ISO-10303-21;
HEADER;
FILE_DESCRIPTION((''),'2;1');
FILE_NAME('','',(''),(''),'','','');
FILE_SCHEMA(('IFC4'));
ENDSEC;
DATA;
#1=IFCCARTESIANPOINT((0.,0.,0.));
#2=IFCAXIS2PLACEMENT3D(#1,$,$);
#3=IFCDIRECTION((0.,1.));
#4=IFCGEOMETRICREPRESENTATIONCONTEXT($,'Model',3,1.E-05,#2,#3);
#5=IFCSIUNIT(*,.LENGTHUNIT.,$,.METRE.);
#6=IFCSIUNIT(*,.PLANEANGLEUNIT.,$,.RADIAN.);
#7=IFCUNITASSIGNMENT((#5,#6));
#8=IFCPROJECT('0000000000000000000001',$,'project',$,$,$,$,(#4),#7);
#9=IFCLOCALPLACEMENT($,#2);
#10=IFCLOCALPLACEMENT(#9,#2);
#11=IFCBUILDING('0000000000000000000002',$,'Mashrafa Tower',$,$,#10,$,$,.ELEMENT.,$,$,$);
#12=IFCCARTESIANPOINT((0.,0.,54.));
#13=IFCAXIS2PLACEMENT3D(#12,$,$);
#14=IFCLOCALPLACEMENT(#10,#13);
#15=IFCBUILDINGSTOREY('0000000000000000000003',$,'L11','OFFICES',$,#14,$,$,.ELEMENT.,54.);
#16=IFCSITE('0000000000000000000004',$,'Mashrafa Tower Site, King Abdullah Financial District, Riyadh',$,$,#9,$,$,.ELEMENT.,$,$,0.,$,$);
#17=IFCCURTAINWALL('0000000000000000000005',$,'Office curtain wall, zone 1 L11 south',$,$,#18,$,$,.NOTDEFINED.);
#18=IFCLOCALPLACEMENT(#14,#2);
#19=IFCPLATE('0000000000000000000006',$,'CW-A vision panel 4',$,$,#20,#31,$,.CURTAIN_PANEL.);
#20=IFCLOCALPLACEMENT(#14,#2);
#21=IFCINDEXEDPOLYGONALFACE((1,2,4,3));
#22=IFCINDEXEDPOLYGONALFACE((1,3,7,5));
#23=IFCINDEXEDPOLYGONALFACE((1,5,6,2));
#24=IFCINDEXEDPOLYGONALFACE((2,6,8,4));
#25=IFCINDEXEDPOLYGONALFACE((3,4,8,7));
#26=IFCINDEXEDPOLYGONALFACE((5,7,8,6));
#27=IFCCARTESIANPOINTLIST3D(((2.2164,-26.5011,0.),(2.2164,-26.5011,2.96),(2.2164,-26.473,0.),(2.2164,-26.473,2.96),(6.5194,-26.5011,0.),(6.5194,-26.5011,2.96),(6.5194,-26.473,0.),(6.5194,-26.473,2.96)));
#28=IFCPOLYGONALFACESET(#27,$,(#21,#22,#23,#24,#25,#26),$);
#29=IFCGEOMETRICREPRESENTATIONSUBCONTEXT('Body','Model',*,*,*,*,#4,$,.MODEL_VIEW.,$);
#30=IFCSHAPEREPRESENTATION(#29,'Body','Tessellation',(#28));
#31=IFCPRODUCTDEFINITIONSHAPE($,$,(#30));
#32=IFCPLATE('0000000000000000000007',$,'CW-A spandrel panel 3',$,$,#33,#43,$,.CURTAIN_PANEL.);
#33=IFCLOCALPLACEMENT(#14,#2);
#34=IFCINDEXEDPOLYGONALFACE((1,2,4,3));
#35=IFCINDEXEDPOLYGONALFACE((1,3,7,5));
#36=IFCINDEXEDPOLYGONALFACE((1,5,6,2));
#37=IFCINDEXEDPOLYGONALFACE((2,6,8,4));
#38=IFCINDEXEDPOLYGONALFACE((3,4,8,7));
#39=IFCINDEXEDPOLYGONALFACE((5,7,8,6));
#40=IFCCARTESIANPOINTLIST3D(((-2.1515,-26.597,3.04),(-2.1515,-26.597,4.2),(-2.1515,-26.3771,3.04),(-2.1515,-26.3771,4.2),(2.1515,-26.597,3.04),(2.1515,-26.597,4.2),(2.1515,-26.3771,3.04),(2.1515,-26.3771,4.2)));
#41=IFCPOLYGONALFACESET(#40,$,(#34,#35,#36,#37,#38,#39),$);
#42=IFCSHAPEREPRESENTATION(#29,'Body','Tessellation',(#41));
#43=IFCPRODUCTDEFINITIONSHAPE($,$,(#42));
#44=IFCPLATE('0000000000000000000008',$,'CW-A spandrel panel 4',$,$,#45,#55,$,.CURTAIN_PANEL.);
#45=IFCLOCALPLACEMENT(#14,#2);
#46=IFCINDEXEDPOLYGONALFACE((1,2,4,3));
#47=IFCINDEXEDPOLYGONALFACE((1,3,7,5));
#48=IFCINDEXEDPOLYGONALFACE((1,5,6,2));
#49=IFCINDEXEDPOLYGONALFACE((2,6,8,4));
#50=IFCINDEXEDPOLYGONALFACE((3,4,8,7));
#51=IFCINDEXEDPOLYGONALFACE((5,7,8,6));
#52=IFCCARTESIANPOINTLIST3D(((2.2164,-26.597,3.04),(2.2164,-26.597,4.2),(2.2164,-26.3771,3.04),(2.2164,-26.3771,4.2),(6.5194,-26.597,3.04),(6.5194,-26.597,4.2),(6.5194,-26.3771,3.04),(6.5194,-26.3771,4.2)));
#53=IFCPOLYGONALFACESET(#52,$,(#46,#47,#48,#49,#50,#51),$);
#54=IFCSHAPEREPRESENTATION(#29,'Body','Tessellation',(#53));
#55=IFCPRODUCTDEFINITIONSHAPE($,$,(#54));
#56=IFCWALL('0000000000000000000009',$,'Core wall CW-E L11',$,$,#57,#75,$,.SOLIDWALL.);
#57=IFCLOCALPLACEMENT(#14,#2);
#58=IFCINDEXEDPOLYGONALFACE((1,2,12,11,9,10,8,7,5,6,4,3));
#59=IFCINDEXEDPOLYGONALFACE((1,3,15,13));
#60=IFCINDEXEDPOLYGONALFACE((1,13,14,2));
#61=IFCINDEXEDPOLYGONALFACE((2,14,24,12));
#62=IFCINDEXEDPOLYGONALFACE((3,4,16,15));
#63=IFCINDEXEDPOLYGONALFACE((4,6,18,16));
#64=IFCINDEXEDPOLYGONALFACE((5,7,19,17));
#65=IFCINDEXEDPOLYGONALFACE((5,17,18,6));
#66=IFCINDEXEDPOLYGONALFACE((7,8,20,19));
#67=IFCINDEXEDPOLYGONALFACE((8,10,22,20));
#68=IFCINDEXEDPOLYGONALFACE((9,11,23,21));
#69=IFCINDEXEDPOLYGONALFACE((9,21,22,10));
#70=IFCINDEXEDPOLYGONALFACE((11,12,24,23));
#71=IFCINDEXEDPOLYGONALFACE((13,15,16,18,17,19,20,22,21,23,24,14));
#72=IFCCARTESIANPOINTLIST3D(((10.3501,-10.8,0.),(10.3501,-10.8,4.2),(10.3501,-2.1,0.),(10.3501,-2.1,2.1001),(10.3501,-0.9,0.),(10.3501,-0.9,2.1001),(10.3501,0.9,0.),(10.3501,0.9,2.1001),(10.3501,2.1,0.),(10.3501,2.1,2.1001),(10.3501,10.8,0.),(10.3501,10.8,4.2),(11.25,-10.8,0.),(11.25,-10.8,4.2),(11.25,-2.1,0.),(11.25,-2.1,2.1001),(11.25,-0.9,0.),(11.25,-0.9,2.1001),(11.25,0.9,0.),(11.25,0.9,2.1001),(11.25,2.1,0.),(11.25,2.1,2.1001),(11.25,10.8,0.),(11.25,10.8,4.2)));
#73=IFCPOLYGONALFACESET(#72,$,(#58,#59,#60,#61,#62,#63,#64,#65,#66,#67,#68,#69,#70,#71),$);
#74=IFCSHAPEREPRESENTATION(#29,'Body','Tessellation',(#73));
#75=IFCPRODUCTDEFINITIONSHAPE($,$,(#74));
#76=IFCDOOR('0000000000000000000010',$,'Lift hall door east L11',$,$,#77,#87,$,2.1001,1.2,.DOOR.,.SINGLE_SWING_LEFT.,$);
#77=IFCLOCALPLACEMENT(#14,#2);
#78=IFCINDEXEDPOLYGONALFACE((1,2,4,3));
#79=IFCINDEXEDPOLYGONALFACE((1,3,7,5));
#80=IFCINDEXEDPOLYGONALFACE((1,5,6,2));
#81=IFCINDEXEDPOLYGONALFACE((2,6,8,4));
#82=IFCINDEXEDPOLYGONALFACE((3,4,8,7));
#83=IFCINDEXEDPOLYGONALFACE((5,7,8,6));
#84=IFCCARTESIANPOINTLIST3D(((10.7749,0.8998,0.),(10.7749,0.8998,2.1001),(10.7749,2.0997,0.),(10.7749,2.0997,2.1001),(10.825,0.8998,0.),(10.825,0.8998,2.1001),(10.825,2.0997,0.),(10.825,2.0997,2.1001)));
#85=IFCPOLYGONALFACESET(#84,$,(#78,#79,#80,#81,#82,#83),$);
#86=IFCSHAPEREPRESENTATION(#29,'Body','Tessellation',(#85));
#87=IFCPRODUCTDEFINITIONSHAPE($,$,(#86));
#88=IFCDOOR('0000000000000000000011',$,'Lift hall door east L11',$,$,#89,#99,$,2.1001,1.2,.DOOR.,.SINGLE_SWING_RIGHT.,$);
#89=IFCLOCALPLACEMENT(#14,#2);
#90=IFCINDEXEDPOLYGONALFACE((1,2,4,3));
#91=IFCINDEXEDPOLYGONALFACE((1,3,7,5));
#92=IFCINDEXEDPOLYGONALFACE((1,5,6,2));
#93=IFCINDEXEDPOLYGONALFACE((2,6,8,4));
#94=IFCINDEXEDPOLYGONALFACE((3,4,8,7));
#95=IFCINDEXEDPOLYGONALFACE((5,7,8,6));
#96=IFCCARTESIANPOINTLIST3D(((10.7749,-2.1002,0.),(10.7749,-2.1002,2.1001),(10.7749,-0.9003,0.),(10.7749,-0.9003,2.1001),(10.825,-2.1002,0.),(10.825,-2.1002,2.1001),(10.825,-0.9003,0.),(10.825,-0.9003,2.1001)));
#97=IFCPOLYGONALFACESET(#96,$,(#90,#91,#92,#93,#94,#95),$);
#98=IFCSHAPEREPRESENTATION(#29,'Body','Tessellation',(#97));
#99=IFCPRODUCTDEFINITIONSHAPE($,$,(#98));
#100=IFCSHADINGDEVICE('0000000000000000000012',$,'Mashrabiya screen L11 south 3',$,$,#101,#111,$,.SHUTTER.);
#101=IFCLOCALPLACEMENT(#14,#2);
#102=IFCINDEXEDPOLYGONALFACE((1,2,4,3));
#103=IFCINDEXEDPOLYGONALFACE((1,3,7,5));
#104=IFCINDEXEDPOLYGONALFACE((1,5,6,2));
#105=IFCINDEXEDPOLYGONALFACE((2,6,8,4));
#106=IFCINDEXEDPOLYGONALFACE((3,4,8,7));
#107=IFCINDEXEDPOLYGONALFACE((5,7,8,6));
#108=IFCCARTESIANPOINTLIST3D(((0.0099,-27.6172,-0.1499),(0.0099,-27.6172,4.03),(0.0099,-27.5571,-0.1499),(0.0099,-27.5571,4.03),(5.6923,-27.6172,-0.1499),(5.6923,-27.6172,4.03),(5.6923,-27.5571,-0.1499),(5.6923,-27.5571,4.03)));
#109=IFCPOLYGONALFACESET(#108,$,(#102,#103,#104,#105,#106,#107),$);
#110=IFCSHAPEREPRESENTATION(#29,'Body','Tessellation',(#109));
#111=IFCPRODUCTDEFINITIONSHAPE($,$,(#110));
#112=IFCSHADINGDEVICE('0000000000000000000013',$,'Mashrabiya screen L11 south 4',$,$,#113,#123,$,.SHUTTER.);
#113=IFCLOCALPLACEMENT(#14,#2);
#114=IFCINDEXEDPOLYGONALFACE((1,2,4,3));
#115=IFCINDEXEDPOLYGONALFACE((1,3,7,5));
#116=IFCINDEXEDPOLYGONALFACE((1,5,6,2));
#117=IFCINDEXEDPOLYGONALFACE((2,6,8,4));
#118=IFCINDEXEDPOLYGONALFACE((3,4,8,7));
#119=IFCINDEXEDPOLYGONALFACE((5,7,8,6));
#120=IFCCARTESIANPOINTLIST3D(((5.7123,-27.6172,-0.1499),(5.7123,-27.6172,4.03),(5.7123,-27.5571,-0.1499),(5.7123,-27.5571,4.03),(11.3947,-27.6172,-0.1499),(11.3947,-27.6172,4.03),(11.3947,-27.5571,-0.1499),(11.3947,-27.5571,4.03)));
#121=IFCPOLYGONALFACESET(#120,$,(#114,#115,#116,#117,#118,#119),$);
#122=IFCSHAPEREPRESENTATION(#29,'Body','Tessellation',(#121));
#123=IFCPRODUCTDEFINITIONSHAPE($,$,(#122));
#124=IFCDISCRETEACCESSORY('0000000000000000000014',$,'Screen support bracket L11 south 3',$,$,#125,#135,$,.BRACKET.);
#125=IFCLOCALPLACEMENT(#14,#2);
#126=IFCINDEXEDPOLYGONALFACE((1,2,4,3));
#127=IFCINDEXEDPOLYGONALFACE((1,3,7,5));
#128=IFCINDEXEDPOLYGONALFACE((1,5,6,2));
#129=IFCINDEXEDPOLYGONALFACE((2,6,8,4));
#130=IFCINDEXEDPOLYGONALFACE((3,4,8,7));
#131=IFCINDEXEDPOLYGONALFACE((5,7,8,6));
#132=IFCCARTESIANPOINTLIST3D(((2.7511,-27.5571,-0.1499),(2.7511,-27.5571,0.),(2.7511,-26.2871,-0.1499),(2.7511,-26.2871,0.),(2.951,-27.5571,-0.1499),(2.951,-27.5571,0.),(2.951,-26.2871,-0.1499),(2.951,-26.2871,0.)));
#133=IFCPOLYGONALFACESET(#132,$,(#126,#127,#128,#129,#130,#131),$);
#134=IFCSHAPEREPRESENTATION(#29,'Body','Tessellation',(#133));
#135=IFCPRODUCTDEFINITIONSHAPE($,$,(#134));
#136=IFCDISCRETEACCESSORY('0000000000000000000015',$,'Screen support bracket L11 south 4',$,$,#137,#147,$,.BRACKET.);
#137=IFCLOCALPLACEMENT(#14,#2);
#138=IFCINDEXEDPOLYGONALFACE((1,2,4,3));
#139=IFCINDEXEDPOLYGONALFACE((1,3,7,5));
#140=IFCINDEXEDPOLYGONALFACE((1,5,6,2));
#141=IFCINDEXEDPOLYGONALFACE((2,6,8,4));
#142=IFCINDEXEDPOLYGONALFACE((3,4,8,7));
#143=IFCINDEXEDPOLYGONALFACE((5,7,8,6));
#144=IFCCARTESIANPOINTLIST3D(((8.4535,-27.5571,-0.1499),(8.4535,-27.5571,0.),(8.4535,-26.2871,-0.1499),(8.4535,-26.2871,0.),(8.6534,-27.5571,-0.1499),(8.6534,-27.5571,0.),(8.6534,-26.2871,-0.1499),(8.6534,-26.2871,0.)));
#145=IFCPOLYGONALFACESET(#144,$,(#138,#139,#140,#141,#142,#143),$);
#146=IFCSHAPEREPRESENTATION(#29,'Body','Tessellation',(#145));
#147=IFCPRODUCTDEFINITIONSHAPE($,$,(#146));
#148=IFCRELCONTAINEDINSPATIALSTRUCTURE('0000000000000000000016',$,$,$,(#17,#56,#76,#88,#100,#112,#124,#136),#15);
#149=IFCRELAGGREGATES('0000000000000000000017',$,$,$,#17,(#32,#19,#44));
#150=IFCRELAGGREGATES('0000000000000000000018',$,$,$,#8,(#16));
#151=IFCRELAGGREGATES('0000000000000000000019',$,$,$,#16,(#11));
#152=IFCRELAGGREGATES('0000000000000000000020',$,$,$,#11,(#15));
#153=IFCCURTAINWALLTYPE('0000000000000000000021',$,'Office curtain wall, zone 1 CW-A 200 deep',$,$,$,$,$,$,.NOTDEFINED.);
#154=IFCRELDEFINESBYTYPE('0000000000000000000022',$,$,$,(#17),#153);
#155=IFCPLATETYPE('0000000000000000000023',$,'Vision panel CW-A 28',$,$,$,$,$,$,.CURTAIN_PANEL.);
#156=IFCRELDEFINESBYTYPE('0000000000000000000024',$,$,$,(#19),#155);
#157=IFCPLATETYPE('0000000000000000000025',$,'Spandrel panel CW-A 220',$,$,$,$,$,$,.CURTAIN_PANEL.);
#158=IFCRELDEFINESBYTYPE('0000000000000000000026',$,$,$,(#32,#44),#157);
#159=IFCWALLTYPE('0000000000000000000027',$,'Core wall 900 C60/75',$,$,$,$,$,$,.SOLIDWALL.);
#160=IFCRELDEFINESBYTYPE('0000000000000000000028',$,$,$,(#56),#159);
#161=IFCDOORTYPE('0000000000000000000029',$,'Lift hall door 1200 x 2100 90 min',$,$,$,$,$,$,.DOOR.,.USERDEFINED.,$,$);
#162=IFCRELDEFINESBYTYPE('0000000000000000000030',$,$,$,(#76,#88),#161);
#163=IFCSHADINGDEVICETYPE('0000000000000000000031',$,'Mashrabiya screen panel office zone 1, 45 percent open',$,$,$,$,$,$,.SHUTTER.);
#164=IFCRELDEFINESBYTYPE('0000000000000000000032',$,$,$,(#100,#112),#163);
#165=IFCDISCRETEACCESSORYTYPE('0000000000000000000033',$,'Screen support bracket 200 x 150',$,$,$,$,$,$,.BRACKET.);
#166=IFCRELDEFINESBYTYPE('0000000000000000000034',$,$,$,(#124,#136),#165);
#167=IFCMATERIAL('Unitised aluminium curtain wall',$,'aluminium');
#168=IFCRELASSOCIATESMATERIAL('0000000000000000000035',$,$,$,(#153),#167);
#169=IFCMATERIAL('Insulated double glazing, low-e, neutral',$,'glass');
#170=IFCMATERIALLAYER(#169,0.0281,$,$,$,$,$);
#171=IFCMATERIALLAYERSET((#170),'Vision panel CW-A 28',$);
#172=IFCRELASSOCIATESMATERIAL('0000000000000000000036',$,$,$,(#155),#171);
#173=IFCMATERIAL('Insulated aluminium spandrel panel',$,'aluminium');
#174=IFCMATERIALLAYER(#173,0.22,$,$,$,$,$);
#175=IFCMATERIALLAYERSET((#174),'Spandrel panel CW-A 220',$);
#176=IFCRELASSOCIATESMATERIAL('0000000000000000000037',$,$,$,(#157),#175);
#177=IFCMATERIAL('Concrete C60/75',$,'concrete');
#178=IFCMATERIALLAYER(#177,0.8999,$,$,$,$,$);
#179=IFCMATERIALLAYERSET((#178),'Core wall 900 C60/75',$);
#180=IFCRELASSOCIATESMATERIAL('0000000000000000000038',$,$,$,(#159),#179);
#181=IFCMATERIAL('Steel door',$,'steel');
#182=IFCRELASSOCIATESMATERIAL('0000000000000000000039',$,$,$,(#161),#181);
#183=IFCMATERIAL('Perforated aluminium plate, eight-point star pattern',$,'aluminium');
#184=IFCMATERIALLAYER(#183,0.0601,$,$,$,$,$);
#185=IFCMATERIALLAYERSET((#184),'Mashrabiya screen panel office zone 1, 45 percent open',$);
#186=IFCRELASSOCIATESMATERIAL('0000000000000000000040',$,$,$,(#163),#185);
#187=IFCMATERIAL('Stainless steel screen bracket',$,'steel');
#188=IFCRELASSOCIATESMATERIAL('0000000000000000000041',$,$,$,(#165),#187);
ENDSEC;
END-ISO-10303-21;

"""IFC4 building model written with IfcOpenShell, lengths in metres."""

from ifc_helpers import new_model, si_unit, direction, frame, frame_2d, origin, origin_2d, place, context, subcontext, project, spatial, rectangle, extrude, source, transform, mapped, material, layer, layer_set, type_object, type_shapes, element, fill, aggregate, save


model = new_model("IFC4")

# Units and contexts
model_context = context("Model", 3, precision=1e-05, world=origin(), true_north=direction((0.0, 1.0)))
body_context = subcontext(model_context, "Body", "Model", "MODEL_VIEW")
ifc_project = project(units=[si_unit("LENGTHUNIT", "METRE"), si_unit("PLANEANGLEUNIT", "RADIAN")], contexts=[model_context])

# Site, building, storey
site_placement = place(None, origin())
site = spatial("IfcSite", under=ifc_project, at=site_placement, Name="Mashrafa Tower Site, King Abdullah Financial District, Riyadh", CompositionType="ELEMENT", RefElevation=0.0)
building_placement = place(site_placement, origin())
building = spatial("IfcBuilding", under=site, at=building_placement, Name="Mashrafa Tower", CompositionType="ELEMENT")
storey_placement = place(building_placement, frame((0.0, 0.0, 54.0)))
storey = spatial("IfcBuildingStorey", under=building, at=storey_placement, Name="L11", Description="OFFICES", CompositionType="ELEMENT", Elevation=54.0)

# Curtain wall
ifc_material_1 = material(Name="Unitised aluminium curtain wall", Category="aluminium")
curtain_wall_type = type_object("IfcCurtainWallType", Name="Office curtain wall, zone 1 CW-A 200 deep", PredefinedType="NOTDEFINED", material=ifc_material_1)
curtain_wall_1_placement = place(storey_placement, origin())
curtain_wall_1 = element("IfcCurtainWall", 1, at=curtain_wall_1_placement, inside=storey, type_object=curtain_wall_type, Name="Office curtain wall, zone 1 L11 south", PredefinedType="NOTDEFINED")

# Plates
ifc_material_2 = material(Name="Insulated double glazing, low-e, neutral", Category="glass")
ifc_layer_1 = layer(ifc_material_2, 0.0281)
ifc_layer_set_1 = layer_set([ifc_layer_1], Name="Vision panel CW-A 28")
plate_type_1 = type_object("IfcPlateType", Name="Vision panel CW-A 28", PredefinedType="CURTAIN_PANEL", material=ifc_layer_set_1)
ifc_material_3 = material(Name="Insulated aluminium spandrel panel", Category="aluminium")
ifc_layer_2 = layer(ifc_material_3, 0.22)
ifc_layer_set_2 = layer_set([ifc_layer_2], Name="Spandrel panel CW-A 220")
plate_type_2 = type_object("IfcPlateType", Name="Spandrel panel CW-A 220", PredefinedType="CURTAIN_PANEL", material=ifc_layer_set_2)
shared_shape_1 = source(origin(), body_context, "Body", "SweptSolid", [
    extrude(rectangle(XDim=4.303, YDim=0.0281, at=origin_2d()), origin(), (0.0, 0.0, 1.0), 2.96),
])
plate_1_placement = place(storey_placement, frame((4.3679, -26.4871, 0.0), z_axis=(0.0, 0.0, 1.0), x_axis=(1.0, 0.0, 0.0)))
plate_1 = element("IfcPlate", 2, at=plate_1_placement, type_object=plate_type_1, Name="CW-A vision panel 4", PredefinedType="CURTAIN_PANEL", context=body_context, shape_type="MappedRepresentation", body=[
    mapped(shared_shape_1, transform((0.0, 0.0, 0.0))),
])
shared_shape_2 = source(origin(), body_context, "Body", "SweptSolid", [
    extrude(rectangle(XDim=4.303, YDim=0.22, at=origin_2d()), origin(), (0.0, 0.0, 1.0), 1.1599),
])
plate_2_placement = place(storey_placement, frame((0.0, -26.4871, 3.04), z_axis=(0.0, 0.0, 1.0), x_axis=(1.0, 0.0, 0.0)))
plate_2 = element("IfcPlate", 3, at=plate_2_placement, type_object=plate_type_2, Name="CW-A spandrel panel 3", PredefinedType="CURTAIN_PANEL", context=body_context, shape_type="MappedRepresentation", body=[
    mapped(shared_shape_2, transform((0.0, 0.0, 0.0))),
])
plate_3_placement = place(storey_placement, frame((4.3679, -26.4871, 3.04), z_axis=(0.0, 0.0, 1.0), x_axis=(1.0, 0.0, 0.0)))
plate_3 = element("IfcPlate", 4, at=plate_3_placement, type_object=plate_type_2, Name="CW-A spandrel panel 4", PredefinedType="CURTAIN_PANEL", context=body_context, shape_type="MappedRepresentation", body=[
    mapped(shared_shape_2, transform((0.0, 0.0, 0.0))),
])
aggregate(curtain_wall_1, [plate_2, plate_1, plate_3])

# Wall, openings, doors
ifc_material_4 = material(Name="Concrete C60/75", Category="concrete")
ifc_layer_3 = layer(ifc_material_4, 0.8999)
ifc_layer_set_3 = layer_set([ifc_layer_3], Name="Core wall 900 C60/75")
wall_type = type_object("IfcWallType", Name="Core wall 900 C60/75", PredefinedType="SOLIDWALL", material=ifc_layer_set_3)
wall_placement = place(storey_placement, frame((10.8, -10.8, 0.0), z_axis=(0.0, 0.0, 1.0), x_axis=(0.0, 1.0, 0.0)))
wall = element("IfcWall", 5, at=wall_placement, inside=storey, type_object=wall_type, Name="Core wall CW-E L11", PredefinedType="SOLIDWALL", context=body_context, shape_type="SweptSolid", body=[
    extrude(rectangle(XDim=21.6001, YDim=0.8999, at=frame_2d((10.8, 0.0))), origin(), (0.0, 0.0, 1.0), 4.2),
])
opening_1_placement = place(wall_placement, frame((11.7, 0.0, 0.0)))
opening_1 = element("IfcOpeningElement", 6, at=opening_1_placement, cuts=wall, PredefinedType="OPENING", context=body_context, shape_type="SweptSolid", body=[
    extrude(rectangle(XDim=1.2, YDim=2.1001, at=frame_2d((0.6001, 1.05))), frame((0.0, 0.46, 0.0), z_axis=(0.0, -1.0, 0.0), x_axis=(1.0, 0.0, 0.0)), (0.0, 0.0, 1.0), 0.9199),
])
opening_2_placement = place(wall_placement, frame((8.7, 0.0, 0.0)))
opening_2 = element("IfcOpeningElement", 7, at=opening_2_placement, cuts=wall, PredefinedType="OPENING", context=body_context, shape_type="SweptSolid", body=[
    extrude(rectangle(XDim=1.2, YDim=2.1001, at=frame_2d((0.6001, 1.05))), frame((0.0, 0.46, 0.0), z_axis=(0.0, -1.0, 0.0), x_axis=(1.0, 0.0, 0.0)), (0.0, 0.0, 1.0), 0.9199),
])
ifc_material_5 = material(Name="Steel door", Category="steel")
door_type = type_object("IfcDoorType", Name="Lift hall door 1200 x 2100 90 min", OperationType="USERDEFINED", PredefinedType="DOOR", material=ifc_material_5)
door_1_placement = place(opening_1_placement, frame((1.2, 0.0, 0.0), z_axis=(0.0, 0.0, 1.0), x_axis=(-1.0, 0.0, 0.0)))
door_1 = element("IfcDoor", 8, at=door_1_placement, inside=storey, type_object=door_type, Name="Lift hall door east L11", OperationType="SINGLE_SWING_LEFT", OverallHeight=2.1001, OverallWidth=1.2, PredefinedType="DOOR", context=body_context, shape_type="SweptSolid", body=[
    extrude(rectangle(XDim=1.2, YDim=2.1001, at=frame_2d((0.6001, 1.05))), frame((0.0, 0.0249, 0.0), z_axis=(0.0, -1.0, 0.0), x_axis=(1.0, 0.0, 0.0)), (0.0, 0.0, 1.0), 0.05),
])
fill(opening_1, door_1)
door_2_placement = place(opening_2_placement, frame((1.2, 0.0, 0.0), z_axis=(0.0, 0.0, 1.0), x_axis=(-1.0, 0.0, 0.0)))
door_2 = element("IfcDoor", 9, at=door_2_placement, inside=storey, type_object=door_type, Name="Lift hall door east L11", OperationType="SINGLE_SWING_RIGHT", OverallHeight=2.1001, OverallWidth=1.2, PredefinedType="DOOR", context=body_context, shape_type="SweptSolid", body=[
    extrude(rectangle(XDim=1.2, YDim=2.1001, at=frame_2d((0.6001, 1.05))), frame((0.0, 0.0249, 0.0), z_axis=(0.0, -1.0, 0.0), x_axis=(1.0, 0.0, 0.0)), (0.0, 0.0, 1.0), 0.05),
])
fill(opening_2, door_2)

# Shading devices
ifc_material_6 = material(Name="Perforated aluminium plate, eight-point star pattern", Category="aluminium")
ifc_layer_4 = layer(ifc_material_6, 0.0601)
ifc_layer_set_4 = layer_set([ifc_layer_4], Name="Mashrabiya screen panel office zone 1, 45 percent open")
shading_device_type = type_object("IfcShadingDeviceType", Name="Mashrabiya screen panel office zone 1, 45 percent open", PredefinedType="SHUTTER", material=ifc_layer_set_4)
shared_shape_3 = source(origin(), body_context, "Body", "SweptSolid", [
    extrude(rectangle(XDim=5.6824, YDim=0.0601, at=origin_2d()), origin(), (0.0, 0.0, 1.0), 4.1799),
])
type_shapes(shading_device_type, [shared_shape_3])
for number, where, z_axis, x_axis, name in (
    (10, (2.8511, -27.5872, -0.1499), (0.0, 0.0, 1.0), (1.0, 0.0, 0.0), "Mashrabiya screen L11 south 3"),
    (11, (8.5535, -27.5872, -0.1499), (0.0, 0.0, 1.0), (1.0, 0.0, 0.0), "Mashrabiya screen L11 south 4"),
):
    element("IfcShadingDevice", number, at=place(storey_placement, frame(where, z_axis=z_axis, x_axis=x_axis)), inside=storey, type_object=shading_device_type, Name=name, PredefinedType="SHUTTER", context=body_context, shape_type="MappedRepresentation", body=[
        mapped(shared_shape_3, transform((0.0, 0.0, 0.0))),
    ])

# Discrete accessories
ifc_material_7 = material(Name="Stainless steel screen bracket", Category="steel")
discrete_accessory_type = type_object("IfcDiscreteAccessoryType", Name="Screen support bracket 200 x 150", PredefinedType="BRACKET", material=ifc_material_7)
shared_shape_4 = source(origin(), body_context, "Body", "SweptSolid", [
    extrude(rectangle(XDim=0.2, YDim=1.27, at=origin_2d()), origin(), (0.0, 0.0, 1.0), 0.1499),
])
type_shapes(discrete_accessory_type, [shared_shape_4])
for number, where, z_axis, x_axis, name in (
    (12, (2.8511, -26.9221, -0.1499), (0.0, 0.0, 1.0), (1.0, 0.0, 0.0), "Screen support bracket L11 south 3"),
    (13, (8.5535, -26.9221, -0.1499), (0.0, 0.0, 1.0), (1.0, 0.0, 0.0), "Screen support bracket L11 south 4"),
):
    element("IfcDiscreteAccessory", number, at=place(storey_placement, frame(where, z_axis=z_axis, x_axis=x_axis)), inside=storey, type_object=discrete_accessory_type, Name=name, PredefinedType="BRACKET", context=body_context, shape_type="MappedRepresentation", body=[
        mapped(shared_shape_4, transform((0.0, 0.0, 0.0))),
    ])

save(model, "model.ifc")
